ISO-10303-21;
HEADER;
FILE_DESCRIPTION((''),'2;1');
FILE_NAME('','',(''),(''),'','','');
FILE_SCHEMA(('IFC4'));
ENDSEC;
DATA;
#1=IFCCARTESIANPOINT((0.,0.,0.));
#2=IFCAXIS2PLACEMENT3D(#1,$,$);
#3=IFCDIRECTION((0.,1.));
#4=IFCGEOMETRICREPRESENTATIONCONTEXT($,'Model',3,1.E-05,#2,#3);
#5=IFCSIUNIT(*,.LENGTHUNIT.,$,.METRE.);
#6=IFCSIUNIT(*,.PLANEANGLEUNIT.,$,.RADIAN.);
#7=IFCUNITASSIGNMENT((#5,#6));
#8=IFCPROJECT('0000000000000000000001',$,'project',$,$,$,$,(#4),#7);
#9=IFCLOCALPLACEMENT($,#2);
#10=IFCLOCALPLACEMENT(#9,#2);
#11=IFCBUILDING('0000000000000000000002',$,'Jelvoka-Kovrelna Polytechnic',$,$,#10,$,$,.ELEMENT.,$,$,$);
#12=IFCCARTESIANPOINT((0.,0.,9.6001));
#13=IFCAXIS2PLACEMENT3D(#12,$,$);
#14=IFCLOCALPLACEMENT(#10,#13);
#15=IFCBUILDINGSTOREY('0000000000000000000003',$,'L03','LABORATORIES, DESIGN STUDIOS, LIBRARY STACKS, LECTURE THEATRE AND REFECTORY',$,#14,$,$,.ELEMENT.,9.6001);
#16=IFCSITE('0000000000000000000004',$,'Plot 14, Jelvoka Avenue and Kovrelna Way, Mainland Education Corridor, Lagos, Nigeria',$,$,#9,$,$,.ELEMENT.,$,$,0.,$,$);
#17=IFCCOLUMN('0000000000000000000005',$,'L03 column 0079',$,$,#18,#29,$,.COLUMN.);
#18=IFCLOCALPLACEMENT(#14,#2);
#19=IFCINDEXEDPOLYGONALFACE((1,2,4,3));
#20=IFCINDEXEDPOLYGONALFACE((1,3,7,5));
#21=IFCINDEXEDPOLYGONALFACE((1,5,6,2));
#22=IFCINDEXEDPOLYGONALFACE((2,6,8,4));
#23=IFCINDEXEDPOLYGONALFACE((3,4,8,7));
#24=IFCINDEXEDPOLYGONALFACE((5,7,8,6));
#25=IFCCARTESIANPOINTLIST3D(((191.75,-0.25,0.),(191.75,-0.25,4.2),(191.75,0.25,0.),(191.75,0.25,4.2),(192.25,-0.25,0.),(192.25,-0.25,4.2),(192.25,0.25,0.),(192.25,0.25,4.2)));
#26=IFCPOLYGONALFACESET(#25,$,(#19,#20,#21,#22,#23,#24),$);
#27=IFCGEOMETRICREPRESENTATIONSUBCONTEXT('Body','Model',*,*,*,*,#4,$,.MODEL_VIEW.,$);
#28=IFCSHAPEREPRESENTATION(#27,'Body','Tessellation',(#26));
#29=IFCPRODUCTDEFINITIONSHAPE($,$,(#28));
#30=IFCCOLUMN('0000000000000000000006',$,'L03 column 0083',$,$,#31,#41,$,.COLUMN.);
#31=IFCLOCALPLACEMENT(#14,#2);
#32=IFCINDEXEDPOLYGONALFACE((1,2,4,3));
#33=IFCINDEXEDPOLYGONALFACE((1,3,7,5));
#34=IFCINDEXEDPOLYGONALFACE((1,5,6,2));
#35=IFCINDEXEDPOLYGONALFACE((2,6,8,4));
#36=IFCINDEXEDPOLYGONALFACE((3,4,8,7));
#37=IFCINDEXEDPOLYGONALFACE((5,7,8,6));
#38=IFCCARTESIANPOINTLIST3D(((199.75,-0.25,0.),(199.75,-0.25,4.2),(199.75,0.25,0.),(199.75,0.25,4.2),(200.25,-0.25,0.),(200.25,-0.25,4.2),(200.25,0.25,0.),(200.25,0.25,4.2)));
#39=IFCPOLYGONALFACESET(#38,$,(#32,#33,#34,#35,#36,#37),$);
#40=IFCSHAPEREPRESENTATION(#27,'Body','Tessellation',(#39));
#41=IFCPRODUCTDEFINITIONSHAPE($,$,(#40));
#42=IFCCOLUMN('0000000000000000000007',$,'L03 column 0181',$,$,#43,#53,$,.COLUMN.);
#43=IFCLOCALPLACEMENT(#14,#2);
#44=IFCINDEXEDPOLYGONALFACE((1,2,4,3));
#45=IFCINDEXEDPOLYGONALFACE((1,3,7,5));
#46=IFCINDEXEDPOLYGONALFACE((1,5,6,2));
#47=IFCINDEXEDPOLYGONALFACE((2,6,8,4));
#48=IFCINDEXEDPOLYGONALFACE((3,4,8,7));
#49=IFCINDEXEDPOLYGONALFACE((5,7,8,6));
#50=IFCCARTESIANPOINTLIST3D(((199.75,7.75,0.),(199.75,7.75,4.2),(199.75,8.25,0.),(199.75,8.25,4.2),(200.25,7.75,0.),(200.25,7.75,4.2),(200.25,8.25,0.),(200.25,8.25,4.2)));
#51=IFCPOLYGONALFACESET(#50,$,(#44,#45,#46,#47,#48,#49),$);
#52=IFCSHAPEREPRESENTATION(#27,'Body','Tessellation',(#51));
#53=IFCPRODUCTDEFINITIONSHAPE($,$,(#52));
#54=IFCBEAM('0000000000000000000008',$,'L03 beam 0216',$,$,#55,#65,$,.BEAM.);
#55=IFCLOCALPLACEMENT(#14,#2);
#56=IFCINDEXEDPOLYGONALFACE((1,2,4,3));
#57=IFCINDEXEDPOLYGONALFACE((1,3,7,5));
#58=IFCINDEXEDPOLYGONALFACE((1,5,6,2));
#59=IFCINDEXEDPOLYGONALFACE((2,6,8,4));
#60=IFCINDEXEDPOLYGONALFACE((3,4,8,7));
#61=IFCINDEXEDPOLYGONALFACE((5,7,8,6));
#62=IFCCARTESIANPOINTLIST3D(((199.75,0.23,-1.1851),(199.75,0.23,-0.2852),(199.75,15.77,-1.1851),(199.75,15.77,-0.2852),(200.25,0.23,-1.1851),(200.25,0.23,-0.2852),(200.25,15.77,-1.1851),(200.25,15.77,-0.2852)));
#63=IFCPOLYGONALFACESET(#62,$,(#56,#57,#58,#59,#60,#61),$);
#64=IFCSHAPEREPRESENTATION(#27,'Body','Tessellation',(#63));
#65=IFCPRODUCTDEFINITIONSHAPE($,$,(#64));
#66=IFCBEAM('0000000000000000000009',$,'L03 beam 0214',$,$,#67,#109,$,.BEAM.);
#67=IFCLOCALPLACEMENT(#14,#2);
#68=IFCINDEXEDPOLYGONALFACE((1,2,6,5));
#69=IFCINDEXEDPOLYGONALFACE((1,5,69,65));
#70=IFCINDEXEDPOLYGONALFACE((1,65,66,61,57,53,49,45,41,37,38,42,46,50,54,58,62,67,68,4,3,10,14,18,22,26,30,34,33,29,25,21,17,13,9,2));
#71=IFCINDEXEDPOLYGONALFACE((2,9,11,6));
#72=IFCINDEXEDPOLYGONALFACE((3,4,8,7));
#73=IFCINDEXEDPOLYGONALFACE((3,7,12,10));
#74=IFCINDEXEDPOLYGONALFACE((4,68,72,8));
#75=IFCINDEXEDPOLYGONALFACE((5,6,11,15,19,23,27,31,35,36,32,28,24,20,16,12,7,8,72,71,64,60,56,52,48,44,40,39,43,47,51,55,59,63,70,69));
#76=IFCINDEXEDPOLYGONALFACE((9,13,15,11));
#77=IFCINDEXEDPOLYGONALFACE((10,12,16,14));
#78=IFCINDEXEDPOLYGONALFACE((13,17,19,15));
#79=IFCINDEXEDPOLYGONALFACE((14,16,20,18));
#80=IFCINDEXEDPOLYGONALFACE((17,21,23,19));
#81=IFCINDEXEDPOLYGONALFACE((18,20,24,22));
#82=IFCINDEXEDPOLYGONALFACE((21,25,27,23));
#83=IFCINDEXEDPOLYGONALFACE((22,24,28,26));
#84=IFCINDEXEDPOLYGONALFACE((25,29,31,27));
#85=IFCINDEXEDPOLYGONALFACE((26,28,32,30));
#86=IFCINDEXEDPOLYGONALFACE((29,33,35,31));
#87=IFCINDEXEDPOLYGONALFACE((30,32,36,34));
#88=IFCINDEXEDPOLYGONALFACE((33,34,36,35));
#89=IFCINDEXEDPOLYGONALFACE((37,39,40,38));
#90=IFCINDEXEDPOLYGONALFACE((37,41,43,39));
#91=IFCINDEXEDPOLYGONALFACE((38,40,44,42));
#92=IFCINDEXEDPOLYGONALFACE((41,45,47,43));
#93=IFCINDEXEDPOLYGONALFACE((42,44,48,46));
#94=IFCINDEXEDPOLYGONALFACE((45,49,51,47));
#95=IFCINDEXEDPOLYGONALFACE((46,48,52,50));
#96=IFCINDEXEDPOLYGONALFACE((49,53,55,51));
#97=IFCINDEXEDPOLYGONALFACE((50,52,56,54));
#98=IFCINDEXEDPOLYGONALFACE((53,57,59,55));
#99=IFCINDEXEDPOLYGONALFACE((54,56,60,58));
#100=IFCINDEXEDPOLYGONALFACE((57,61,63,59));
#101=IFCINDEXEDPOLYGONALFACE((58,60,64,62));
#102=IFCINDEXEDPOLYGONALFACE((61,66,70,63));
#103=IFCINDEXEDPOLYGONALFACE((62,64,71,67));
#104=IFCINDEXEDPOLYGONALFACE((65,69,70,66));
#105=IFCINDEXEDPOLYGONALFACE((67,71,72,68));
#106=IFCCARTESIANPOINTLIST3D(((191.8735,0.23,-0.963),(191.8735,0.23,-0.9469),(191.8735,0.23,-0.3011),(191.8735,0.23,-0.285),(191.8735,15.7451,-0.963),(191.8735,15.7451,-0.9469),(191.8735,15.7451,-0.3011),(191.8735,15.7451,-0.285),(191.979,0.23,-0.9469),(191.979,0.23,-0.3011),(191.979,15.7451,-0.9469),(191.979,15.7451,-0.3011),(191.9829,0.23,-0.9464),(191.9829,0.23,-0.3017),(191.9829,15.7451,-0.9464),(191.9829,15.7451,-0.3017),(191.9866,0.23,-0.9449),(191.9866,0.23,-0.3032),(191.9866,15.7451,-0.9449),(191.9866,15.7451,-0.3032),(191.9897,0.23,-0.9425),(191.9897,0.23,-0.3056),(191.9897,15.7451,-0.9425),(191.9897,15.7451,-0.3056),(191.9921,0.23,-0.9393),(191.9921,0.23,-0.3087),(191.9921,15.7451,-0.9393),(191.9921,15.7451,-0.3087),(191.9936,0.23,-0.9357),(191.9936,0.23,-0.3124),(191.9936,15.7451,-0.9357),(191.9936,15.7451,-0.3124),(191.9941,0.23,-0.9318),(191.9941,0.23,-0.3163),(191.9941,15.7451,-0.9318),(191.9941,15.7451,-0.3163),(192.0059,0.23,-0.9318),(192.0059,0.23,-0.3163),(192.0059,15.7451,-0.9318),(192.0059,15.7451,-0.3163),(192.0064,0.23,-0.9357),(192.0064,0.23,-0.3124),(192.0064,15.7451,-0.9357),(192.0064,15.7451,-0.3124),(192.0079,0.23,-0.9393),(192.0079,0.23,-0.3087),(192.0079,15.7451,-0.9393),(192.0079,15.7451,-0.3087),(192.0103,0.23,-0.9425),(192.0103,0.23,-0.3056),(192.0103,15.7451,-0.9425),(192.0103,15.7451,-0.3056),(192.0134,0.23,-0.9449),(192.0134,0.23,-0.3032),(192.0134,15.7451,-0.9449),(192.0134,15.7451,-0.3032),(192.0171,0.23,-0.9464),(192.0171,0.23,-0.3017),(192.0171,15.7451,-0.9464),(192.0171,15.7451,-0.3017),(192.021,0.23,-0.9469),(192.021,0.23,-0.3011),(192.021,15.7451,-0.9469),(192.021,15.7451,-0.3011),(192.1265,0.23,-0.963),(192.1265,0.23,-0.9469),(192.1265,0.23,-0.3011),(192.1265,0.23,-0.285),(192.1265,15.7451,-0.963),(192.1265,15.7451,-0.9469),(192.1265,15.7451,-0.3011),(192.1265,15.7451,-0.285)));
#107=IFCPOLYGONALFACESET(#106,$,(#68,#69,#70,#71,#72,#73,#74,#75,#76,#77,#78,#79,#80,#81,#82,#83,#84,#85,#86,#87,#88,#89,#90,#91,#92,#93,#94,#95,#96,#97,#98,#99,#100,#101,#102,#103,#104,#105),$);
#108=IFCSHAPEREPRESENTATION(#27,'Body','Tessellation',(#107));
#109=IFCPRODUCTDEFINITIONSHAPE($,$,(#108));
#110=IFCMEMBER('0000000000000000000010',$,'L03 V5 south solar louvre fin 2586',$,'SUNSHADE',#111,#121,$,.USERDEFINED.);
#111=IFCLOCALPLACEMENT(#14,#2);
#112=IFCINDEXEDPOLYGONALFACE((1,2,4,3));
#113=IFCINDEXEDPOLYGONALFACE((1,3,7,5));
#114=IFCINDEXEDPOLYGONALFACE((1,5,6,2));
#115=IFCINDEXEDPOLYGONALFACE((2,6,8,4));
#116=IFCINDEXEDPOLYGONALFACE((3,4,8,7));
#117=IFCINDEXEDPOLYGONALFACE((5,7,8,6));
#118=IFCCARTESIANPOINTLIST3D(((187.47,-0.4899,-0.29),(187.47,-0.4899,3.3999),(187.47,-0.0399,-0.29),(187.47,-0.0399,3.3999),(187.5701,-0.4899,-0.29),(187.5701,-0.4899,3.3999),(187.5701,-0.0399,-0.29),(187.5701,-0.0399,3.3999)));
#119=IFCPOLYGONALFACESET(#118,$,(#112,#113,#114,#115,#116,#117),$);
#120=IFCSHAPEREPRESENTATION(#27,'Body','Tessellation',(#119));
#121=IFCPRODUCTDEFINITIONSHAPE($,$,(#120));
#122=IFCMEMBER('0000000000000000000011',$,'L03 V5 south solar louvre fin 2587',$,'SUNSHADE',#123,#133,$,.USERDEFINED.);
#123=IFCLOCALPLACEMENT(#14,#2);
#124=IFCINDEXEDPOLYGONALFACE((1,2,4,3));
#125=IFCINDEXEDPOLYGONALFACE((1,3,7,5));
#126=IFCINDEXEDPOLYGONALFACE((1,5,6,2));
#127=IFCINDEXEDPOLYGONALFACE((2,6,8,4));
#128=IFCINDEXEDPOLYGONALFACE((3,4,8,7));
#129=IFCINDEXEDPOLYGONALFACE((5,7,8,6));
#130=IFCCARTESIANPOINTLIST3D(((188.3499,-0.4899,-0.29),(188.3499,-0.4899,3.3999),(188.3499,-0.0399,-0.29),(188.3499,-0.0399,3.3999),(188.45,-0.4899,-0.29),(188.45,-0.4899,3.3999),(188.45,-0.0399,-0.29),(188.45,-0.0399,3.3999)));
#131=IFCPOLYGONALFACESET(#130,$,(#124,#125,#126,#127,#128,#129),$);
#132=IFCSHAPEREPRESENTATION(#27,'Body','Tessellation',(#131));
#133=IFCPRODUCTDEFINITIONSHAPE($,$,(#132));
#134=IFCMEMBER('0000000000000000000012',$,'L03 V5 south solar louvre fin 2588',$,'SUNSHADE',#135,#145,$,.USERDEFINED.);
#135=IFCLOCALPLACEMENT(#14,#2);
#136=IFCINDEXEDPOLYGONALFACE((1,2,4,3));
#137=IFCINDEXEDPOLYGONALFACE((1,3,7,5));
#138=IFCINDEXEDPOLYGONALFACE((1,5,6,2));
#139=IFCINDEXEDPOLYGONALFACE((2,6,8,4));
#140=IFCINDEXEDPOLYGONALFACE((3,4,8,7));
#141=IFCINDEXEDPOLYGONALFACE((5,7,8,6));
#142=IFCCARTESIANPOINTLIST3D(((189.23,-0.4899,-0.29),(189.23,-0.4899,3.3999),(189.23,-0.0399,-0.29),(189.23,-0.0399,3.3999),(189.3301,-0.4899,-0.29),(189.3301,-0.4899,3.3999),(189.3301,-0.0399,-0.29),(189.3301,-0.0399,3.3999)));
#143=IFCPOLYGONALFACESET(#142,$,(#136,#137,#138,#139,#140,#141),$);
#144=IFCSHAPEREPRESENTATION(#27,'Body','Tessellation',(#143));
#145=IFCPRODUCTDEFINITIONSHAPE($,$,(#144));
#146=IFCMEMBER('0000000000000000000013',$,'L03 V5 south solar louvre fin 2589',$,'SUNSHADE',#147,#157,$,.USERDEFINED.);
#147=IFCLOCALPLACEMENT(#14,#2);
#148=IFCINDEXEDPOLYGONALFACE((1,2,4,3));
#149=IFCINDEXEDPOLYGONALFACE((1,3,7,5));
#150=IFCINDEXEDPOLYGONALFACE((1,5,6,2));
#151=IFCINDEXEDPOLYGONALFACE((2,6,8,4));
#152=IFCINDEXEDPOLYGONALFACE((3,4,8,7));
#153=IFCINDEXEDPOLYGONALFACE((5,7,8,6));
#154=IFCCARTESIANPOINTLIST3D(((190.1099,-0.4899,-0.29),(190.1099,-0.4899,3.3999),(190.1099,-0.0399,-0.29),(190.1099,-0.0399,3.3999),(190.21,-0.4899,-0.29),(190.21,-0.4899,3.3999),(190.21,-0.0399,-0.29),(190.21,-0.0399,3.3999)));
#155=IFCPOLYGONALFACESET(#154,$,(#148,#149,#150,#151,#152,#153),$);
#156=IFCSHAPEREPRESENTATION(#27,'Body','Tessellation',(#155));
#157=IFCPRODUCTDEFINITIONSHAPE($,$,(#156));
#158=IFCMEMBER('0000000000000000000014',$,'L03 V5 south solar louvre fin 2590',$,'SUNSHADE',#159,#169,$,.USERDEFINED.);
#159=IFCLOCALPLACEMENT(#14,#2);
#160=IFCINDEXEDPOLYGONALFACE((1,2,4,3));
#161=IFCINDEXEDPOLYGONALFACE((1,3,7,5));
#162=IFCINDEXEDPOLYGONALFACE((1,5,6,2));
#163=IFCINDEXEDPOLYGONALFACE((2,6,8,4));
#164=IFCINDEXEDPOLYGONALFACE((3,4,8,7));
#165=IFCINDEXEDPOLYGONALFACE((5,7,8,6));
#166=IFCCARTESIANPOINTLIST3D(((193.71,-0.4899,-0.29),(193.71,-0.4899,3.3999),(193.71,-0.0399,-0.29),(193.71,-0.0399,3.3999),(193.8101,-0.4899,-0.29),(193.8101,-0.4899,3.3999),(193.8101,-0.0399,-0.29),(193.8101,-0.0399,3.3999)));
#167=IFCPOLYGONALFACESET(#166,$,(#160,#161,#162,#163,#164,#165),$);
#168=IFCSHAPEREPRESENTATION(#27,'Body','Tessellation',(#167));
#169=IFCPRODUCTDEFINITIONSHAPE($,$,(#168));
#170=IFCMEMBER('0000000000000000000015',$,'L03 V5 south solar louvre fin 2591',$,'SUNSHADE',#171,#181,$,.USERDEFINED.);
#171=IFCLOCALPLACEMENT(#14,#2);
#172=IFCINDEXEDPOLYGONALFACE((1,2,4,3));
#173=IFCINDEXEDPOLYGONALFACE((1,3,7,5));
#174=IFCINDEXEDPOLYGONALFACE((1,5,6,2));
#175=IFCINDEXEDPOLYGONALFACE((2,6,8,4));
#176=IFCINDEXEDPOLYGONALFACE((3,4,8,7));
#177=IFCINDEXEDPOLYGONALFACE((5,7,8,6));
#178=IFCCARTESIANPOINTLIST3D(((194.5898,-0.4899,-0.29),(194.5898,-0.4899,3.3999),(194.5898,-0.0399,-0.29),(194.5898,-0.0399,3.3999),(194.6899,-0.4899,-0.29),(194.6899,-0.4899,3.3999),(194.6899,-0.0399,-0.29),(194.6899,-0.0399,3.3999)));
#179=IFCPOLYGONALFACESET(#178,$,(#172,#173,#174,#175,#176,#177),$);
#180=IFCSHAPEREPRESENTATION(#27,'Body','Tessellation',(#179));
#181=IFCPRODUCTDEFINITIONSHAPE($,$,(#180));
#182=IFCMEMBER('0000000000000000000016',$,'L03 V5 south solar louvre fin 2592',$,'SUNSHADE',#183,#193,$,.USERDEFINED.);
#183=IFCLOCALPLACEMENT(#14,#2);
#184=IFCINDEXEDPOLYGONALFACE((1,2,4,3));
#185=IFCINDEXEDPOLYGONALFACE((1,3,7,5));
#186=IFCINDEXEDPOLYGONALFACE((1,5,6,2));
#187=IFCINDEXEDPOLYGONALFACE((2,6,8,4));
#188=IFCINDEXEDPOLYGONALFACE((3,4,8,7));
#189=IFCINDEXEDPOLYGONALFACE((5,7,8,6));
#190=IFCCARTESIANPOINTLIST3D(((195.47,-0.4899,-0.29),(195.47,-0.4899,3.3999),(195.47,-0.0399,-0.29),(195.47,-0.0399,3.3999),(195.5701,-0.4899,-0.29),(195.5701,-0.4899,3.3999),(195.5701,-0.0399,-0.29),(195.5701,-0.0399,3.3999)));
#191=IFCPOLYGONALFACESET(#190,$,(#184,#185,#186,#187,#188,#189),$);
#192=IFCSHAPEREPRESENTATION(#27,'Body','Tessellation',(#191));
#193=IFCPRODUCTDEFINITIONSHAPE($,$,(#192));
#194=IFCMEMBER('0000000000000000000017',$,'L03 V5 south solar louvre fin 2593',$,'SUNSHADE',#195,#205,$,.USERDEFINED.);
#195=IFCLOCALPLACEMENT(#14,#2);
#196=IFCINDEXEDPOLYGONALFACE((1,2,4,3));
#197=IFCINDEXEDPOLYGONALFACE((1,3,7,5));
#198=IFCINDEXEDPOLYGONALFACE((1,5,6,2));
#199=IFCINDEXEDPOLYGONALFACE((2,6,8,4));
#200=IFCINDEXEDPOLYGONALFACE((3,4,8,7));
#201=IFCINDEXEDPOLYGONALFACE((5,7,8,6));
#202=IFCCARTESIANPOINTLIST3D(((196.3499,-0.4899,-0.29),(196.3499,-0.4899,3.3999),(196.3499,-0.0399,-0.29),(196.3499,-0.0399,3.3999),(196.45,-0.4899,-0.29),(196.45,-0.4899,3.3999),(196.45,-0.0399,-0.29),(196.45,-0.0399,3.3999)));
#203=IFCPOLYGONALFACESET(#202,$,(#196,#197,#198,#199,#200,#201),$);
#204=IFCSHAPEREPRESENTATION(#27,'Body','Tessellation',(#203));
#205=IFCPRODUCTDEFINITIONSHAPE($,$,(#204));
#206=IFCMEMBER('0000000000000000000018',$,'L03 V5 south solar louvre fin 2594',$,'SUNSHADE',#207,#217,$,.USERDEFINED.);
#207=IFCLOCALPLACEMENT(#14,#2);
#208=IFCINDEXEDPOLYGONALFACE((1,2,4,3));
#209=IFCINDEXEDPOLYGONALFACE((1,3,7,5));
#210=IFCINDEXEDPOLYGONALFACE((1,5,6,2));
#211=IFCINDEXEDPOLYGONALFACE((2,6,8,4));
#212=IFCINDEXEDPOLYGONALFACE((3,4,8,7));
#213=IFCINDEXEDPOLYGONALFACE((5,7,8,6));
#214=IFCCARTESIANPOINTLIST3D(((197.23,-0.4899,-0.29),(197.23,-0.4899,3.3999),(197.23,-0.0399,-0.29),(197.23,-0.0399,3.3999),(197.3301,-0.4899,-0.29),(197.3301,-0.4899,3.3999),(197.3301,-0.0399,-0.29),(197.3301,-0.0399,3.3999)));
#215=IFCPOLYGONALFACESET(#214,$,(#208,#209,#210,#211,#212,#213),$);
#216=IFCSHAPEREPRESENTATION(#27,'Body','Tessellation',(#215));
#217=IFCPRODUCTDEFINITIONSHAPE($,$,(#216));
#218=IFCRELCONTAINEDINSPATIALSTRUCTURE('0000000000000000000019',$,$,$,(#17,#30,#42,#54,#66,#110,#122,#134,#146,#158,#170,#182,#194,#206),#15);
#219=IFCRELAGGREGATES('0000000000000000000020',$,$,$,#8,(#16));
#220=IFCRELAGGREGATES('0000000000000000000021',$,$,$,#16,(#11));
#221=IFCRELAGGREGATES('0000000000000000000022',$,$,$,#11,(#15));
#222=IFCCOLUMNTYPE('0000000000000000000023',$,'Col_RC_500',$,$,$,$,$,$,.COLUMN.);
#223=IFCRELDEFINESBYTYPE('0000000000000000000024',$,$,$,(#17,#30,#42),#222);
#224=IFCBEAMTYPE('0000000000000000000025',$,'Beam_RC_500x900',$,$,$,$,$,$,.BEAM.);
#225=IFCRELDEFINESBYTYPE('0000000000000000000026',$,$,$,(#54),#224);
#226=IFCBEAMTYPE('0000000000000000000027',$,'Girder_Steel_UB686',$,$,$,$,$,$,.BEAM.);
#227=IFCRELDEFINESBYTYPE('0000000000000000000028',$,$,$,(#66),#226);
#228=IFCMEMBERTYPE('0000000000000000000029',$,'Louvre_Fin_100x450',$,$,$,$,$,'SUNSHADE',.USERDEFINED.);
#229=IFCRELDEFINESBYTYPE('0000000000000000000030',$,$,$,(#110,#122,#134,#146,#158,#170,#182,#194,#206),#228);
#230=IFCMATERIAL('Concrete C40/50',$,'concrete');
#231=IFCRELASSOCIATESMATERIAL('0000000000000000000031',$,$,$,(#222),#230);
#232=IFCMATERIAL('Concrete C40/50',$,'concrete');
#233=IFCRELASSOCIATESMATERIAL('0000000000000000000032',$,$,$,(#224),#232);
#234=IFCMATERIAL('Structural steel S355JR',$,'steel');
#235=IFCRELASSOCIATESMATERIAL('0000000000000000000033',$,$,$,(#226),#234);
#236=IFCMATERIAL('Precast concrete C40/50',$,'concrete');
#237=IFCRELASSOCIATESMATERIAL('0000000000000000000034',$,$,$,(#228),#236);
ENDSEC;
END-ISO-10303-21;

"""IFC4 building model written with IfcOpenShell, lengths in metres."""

from ifc_helpers import new_model, si_unit, direction, frame, origin, origin_2d, place, context, subcontext, project, spatial, rectangle, i_section, extrude, material, material_profile, profile_set, type_object, element, save


model = new_model("IFC4")

# Units and contexts
model_context = context("Model", 3, precision=1e-05, world=origin(), true_north=direction((0.0, 1.0)))
body_context = subcontext(model_context, "Body", "Model", "MODEL_VIEW")
ifc_project = project(units=[si_unit("LENGTHUNIT", "METRE"), si_unit("PLANEANGLEUNIT", "RADIAN")], contexts=[model_context])

# Site, building, storey
site_placement = place(None, origin())
site = spatial("IfcSite", under=ifc_project, at=site_placement, Name="Plot 14, Jelvoka Avenue and Kovrelna Way, Mainland Education Corridor, Lagos, Nigeria", CompositionType="ELEMENT", RefElevation=0.0)
building_placement = place(site_placement, origin())
building = spatial("IfcBuilding", under=site, at=building_placement, Name="Jelvoka-Kovrelna Polytechnic", CompositionType="ELEMENT")
storey_placement = place(building_placement, frame((0.0, 0.0, 9.6001)))
storey = spatial("IfcBuildingStorey", under=building, at=storey_placement, Name="L03", Description="LABORATORIES, DESIGN STUDIOS, LIBRARY STACKS, LECTURE THEATRE AND REFECTORY", CompositionType="ELEMENT", Elevation=9.6001)

# Columns
ifc_material_1 = material(Name="Concrete C40/50", Category="concrete")
ifc_material_profile_1 = material_profile(ifc_material_1, rectangle(XDim=0.5, YDim=0.5, at=origin_2d()), Name="RC 500x500")
ifc_profile_set_1 = profile_set([ifc_material_profile_1], Name="Concrete C40/50")
column_type = type_object("IfcColumnType", Name="Col_RC_500", PredefinedType="COLUMN", material=ifc_profile_set_1)
for number, where, z_axis, x_axis, name in (
    (1, (192.0, 0.0, 0.0), (0.0, 0.0, 1.0), (0.0, 1.0, 0.0), "L03 column 0079"),
    (2, (200.0, 0.0, 0.0), (0.0, 0.0, 1.0), (0.0, 1.0, 0.0), "L03 column 0083"),
    (3, (200.0, 8.0, 0.0), (0.0, 0.0, 1.0), (0.0, 1.0, 0.0), "L03 column 0181"),
):
    element("IfcColumn", number, at=place(storey_placement, frame(where, z_axis=z_axis, x_axis=x_axis)), inside=storey, type_object=column_type, Name=name, PredefinedType="COLUMN", context=body_context, shape_type="SweptSolid", body=[
        extrude(rectangle(XDim=0.5, YDim=0.5, at=origin_2d()), origin(), (0.0, 0.0, 1.0), 4.2),
    ])

# Beams
ifc_material_2 = material(Name="Concrete C40/50", Category="concrete")
ifc_material_profile_2 = material_profile(ifc_material_2, rectangle(XDim=0.5, YDim=0.8999, at=origin_2d()), Name="RC 500x900")
ifc_profile_set_2 = profile_set([ifc_material_profile_2], Name="Concrete C40/50")
beam_type_1 = type_object("IfcBeamType", Name="Beam_RC_500x900", PredefinedType="BEAM", material=ifc_profile_set_2)
beam_1_placement = place(storey_placement, frame((200.0, 0.23, -0.7351), z_axis=(0.0, 1.0, 0.0), x_axis=(-1.0, 0.0, 0.0)))
element("IfcBeam", 4, at=beam_1_placement, inside=storey, type_object=beam_type_1, Name="L03 beam 0216", PredefinedType="BEAM", context=body_context, shape_type="SweptSolid", body=[
    extrude(rectangle(XDim=0.5, YDim=0.8999, at=origin_2d()), origin(), (0.0, 0.0, 1.0), 15.54),
])
ifc_material_3 = material(Name="Structural steel S355JR", Category="steel")
ifc_material_profile_3 = material_profile(ifc_material_3, i_section(OverallWidth=0.2529, OverallDepth=0.678, WebThickness=0.0117, FlangeThickness=0.0161, FilletRadius=0.0151, at=origin_2d()), Name="686x254x125 UB")
ifc_profile_set_3 = profile_set([ifc_material_profile_3], Name="Structural steel S355JR")
beam_type_2 = type_object("IfcBeamType", Name="Girder_Steel_UB686", PredefinedType="BEAM", material=ifc_profile_set_3)
beam_2_placement = place(storey_placement, frame((192.0, 0.23, -0.624), z_axis=(0.0, 1.0, 0.0), x_axis=(-1.0, 0.0, 0.0)))
element("IfcBeam", 5, at=beam_2_placement, inside=storey, type_object=beam_type_2, Name="L03 beam 0214", PredefinedType="BEAM", context=body_context, shape_type="SweptSolid", body=[
    extrude(i_section(OverallWidth=0.2529, OverallDepth=0.678, WebThickness=0.0117, FlangeThickness=0.0161, FilletRadius=0.0151, at=origin_2d()), origin(), (0.0, 0.0, 1.0), 15.5151),
])

# Members
ifc_material_4 = material(Name="Precast concrete C40/50", Category="concrete")
ifc_material_profile_4 = material_profile(ifc_material_4, rectangle(XDim=0.1001, YDim=0.45, at=origin_2d()), Name="PC 100x450")
ifc_profile_set_4 = profile_set([ifc_material_profile_4], Name="Precast concrete C40/50")
member_type_1 = type_object("IfcMemberType", Name="Louvre_Fin_100x450", ElementType="SUNSHADE", PredefinedType="USERDEFINED", material=ifc_profile_set_4)
for number, where, z_axis, x_axis, name in (
    (6, (187.52, -0.2649, -0.29), (0.0, 0.0, 1.0), (1.0, 0.0, 0.0), "L03 V5 south solar louvre fin 2586"),
    (7, (188.3999, -0.2649, -0.29), (0.0, 0.0, 1.0), (1.0, 0.0, 0.0), "L03 V5 south solar louvre fin 2587"),
    (8, (189.28, -0.2649, -0.29), (0.0, 0.0, 1.0), (1.0, 0.0, 0.0), "L03 V5 south solar louvre fin 2588"),
    (9, (190.1599, -0.2649, -0.29), (0.0, 0.0, 1.0), (1.0, 0.0, 0.0), "L03 V5 south solar louvre fin 2589"),
    (10, (193.76, -0.2649, -0.29), (0.0, 0.0, 1.0), (1.0, 0.0, 0.0), "L03 V5 south solar louvre fin 2590"),
    (11, (194.6399, -0.2649, -0.29), (0.0, 0.0, 1.0), (1.0, 0.0, 0.0), "L03 V5 south solar louvre fin 2591"),
    (12, (195.52, -0.2649, -0.29), (0.0, 0.0, 1.0), (1.0, 0.0, 0.0), "L03 V5 south solar louvre fin 2592"),
    (13, (196.3999, -0.2649, -0.29), (0.0, 0.0, 1.0), (1.0, 0.0, 0.0), "L03 V5 south solar louvre fin 2593"),
    (14, (197.28, -0.2649, -0.29), (0.0, 0.0, 1.0), (1.0, 0.0, 0.0), "L03 V5 south solar louvre fin 2594"),
):
    element("IfcMember", number, at=place(storey_placement, frame(where, z_axis=z_axis, x_axis=x_axis)), inside=storey, type_object=member_type_1, Name=name, ObjectType="SUNSHADE", PredefinedType="USERDEFINED", context=body_context, shape_type="SweptSolid", body=[
        extrude(rectangle(XDim=0.1001, YDim=0.45, at=origin_2d()), origin(), (0.0, 0.0, 1.0), 3.6899),
    ])

save(model, "model.ifc")
